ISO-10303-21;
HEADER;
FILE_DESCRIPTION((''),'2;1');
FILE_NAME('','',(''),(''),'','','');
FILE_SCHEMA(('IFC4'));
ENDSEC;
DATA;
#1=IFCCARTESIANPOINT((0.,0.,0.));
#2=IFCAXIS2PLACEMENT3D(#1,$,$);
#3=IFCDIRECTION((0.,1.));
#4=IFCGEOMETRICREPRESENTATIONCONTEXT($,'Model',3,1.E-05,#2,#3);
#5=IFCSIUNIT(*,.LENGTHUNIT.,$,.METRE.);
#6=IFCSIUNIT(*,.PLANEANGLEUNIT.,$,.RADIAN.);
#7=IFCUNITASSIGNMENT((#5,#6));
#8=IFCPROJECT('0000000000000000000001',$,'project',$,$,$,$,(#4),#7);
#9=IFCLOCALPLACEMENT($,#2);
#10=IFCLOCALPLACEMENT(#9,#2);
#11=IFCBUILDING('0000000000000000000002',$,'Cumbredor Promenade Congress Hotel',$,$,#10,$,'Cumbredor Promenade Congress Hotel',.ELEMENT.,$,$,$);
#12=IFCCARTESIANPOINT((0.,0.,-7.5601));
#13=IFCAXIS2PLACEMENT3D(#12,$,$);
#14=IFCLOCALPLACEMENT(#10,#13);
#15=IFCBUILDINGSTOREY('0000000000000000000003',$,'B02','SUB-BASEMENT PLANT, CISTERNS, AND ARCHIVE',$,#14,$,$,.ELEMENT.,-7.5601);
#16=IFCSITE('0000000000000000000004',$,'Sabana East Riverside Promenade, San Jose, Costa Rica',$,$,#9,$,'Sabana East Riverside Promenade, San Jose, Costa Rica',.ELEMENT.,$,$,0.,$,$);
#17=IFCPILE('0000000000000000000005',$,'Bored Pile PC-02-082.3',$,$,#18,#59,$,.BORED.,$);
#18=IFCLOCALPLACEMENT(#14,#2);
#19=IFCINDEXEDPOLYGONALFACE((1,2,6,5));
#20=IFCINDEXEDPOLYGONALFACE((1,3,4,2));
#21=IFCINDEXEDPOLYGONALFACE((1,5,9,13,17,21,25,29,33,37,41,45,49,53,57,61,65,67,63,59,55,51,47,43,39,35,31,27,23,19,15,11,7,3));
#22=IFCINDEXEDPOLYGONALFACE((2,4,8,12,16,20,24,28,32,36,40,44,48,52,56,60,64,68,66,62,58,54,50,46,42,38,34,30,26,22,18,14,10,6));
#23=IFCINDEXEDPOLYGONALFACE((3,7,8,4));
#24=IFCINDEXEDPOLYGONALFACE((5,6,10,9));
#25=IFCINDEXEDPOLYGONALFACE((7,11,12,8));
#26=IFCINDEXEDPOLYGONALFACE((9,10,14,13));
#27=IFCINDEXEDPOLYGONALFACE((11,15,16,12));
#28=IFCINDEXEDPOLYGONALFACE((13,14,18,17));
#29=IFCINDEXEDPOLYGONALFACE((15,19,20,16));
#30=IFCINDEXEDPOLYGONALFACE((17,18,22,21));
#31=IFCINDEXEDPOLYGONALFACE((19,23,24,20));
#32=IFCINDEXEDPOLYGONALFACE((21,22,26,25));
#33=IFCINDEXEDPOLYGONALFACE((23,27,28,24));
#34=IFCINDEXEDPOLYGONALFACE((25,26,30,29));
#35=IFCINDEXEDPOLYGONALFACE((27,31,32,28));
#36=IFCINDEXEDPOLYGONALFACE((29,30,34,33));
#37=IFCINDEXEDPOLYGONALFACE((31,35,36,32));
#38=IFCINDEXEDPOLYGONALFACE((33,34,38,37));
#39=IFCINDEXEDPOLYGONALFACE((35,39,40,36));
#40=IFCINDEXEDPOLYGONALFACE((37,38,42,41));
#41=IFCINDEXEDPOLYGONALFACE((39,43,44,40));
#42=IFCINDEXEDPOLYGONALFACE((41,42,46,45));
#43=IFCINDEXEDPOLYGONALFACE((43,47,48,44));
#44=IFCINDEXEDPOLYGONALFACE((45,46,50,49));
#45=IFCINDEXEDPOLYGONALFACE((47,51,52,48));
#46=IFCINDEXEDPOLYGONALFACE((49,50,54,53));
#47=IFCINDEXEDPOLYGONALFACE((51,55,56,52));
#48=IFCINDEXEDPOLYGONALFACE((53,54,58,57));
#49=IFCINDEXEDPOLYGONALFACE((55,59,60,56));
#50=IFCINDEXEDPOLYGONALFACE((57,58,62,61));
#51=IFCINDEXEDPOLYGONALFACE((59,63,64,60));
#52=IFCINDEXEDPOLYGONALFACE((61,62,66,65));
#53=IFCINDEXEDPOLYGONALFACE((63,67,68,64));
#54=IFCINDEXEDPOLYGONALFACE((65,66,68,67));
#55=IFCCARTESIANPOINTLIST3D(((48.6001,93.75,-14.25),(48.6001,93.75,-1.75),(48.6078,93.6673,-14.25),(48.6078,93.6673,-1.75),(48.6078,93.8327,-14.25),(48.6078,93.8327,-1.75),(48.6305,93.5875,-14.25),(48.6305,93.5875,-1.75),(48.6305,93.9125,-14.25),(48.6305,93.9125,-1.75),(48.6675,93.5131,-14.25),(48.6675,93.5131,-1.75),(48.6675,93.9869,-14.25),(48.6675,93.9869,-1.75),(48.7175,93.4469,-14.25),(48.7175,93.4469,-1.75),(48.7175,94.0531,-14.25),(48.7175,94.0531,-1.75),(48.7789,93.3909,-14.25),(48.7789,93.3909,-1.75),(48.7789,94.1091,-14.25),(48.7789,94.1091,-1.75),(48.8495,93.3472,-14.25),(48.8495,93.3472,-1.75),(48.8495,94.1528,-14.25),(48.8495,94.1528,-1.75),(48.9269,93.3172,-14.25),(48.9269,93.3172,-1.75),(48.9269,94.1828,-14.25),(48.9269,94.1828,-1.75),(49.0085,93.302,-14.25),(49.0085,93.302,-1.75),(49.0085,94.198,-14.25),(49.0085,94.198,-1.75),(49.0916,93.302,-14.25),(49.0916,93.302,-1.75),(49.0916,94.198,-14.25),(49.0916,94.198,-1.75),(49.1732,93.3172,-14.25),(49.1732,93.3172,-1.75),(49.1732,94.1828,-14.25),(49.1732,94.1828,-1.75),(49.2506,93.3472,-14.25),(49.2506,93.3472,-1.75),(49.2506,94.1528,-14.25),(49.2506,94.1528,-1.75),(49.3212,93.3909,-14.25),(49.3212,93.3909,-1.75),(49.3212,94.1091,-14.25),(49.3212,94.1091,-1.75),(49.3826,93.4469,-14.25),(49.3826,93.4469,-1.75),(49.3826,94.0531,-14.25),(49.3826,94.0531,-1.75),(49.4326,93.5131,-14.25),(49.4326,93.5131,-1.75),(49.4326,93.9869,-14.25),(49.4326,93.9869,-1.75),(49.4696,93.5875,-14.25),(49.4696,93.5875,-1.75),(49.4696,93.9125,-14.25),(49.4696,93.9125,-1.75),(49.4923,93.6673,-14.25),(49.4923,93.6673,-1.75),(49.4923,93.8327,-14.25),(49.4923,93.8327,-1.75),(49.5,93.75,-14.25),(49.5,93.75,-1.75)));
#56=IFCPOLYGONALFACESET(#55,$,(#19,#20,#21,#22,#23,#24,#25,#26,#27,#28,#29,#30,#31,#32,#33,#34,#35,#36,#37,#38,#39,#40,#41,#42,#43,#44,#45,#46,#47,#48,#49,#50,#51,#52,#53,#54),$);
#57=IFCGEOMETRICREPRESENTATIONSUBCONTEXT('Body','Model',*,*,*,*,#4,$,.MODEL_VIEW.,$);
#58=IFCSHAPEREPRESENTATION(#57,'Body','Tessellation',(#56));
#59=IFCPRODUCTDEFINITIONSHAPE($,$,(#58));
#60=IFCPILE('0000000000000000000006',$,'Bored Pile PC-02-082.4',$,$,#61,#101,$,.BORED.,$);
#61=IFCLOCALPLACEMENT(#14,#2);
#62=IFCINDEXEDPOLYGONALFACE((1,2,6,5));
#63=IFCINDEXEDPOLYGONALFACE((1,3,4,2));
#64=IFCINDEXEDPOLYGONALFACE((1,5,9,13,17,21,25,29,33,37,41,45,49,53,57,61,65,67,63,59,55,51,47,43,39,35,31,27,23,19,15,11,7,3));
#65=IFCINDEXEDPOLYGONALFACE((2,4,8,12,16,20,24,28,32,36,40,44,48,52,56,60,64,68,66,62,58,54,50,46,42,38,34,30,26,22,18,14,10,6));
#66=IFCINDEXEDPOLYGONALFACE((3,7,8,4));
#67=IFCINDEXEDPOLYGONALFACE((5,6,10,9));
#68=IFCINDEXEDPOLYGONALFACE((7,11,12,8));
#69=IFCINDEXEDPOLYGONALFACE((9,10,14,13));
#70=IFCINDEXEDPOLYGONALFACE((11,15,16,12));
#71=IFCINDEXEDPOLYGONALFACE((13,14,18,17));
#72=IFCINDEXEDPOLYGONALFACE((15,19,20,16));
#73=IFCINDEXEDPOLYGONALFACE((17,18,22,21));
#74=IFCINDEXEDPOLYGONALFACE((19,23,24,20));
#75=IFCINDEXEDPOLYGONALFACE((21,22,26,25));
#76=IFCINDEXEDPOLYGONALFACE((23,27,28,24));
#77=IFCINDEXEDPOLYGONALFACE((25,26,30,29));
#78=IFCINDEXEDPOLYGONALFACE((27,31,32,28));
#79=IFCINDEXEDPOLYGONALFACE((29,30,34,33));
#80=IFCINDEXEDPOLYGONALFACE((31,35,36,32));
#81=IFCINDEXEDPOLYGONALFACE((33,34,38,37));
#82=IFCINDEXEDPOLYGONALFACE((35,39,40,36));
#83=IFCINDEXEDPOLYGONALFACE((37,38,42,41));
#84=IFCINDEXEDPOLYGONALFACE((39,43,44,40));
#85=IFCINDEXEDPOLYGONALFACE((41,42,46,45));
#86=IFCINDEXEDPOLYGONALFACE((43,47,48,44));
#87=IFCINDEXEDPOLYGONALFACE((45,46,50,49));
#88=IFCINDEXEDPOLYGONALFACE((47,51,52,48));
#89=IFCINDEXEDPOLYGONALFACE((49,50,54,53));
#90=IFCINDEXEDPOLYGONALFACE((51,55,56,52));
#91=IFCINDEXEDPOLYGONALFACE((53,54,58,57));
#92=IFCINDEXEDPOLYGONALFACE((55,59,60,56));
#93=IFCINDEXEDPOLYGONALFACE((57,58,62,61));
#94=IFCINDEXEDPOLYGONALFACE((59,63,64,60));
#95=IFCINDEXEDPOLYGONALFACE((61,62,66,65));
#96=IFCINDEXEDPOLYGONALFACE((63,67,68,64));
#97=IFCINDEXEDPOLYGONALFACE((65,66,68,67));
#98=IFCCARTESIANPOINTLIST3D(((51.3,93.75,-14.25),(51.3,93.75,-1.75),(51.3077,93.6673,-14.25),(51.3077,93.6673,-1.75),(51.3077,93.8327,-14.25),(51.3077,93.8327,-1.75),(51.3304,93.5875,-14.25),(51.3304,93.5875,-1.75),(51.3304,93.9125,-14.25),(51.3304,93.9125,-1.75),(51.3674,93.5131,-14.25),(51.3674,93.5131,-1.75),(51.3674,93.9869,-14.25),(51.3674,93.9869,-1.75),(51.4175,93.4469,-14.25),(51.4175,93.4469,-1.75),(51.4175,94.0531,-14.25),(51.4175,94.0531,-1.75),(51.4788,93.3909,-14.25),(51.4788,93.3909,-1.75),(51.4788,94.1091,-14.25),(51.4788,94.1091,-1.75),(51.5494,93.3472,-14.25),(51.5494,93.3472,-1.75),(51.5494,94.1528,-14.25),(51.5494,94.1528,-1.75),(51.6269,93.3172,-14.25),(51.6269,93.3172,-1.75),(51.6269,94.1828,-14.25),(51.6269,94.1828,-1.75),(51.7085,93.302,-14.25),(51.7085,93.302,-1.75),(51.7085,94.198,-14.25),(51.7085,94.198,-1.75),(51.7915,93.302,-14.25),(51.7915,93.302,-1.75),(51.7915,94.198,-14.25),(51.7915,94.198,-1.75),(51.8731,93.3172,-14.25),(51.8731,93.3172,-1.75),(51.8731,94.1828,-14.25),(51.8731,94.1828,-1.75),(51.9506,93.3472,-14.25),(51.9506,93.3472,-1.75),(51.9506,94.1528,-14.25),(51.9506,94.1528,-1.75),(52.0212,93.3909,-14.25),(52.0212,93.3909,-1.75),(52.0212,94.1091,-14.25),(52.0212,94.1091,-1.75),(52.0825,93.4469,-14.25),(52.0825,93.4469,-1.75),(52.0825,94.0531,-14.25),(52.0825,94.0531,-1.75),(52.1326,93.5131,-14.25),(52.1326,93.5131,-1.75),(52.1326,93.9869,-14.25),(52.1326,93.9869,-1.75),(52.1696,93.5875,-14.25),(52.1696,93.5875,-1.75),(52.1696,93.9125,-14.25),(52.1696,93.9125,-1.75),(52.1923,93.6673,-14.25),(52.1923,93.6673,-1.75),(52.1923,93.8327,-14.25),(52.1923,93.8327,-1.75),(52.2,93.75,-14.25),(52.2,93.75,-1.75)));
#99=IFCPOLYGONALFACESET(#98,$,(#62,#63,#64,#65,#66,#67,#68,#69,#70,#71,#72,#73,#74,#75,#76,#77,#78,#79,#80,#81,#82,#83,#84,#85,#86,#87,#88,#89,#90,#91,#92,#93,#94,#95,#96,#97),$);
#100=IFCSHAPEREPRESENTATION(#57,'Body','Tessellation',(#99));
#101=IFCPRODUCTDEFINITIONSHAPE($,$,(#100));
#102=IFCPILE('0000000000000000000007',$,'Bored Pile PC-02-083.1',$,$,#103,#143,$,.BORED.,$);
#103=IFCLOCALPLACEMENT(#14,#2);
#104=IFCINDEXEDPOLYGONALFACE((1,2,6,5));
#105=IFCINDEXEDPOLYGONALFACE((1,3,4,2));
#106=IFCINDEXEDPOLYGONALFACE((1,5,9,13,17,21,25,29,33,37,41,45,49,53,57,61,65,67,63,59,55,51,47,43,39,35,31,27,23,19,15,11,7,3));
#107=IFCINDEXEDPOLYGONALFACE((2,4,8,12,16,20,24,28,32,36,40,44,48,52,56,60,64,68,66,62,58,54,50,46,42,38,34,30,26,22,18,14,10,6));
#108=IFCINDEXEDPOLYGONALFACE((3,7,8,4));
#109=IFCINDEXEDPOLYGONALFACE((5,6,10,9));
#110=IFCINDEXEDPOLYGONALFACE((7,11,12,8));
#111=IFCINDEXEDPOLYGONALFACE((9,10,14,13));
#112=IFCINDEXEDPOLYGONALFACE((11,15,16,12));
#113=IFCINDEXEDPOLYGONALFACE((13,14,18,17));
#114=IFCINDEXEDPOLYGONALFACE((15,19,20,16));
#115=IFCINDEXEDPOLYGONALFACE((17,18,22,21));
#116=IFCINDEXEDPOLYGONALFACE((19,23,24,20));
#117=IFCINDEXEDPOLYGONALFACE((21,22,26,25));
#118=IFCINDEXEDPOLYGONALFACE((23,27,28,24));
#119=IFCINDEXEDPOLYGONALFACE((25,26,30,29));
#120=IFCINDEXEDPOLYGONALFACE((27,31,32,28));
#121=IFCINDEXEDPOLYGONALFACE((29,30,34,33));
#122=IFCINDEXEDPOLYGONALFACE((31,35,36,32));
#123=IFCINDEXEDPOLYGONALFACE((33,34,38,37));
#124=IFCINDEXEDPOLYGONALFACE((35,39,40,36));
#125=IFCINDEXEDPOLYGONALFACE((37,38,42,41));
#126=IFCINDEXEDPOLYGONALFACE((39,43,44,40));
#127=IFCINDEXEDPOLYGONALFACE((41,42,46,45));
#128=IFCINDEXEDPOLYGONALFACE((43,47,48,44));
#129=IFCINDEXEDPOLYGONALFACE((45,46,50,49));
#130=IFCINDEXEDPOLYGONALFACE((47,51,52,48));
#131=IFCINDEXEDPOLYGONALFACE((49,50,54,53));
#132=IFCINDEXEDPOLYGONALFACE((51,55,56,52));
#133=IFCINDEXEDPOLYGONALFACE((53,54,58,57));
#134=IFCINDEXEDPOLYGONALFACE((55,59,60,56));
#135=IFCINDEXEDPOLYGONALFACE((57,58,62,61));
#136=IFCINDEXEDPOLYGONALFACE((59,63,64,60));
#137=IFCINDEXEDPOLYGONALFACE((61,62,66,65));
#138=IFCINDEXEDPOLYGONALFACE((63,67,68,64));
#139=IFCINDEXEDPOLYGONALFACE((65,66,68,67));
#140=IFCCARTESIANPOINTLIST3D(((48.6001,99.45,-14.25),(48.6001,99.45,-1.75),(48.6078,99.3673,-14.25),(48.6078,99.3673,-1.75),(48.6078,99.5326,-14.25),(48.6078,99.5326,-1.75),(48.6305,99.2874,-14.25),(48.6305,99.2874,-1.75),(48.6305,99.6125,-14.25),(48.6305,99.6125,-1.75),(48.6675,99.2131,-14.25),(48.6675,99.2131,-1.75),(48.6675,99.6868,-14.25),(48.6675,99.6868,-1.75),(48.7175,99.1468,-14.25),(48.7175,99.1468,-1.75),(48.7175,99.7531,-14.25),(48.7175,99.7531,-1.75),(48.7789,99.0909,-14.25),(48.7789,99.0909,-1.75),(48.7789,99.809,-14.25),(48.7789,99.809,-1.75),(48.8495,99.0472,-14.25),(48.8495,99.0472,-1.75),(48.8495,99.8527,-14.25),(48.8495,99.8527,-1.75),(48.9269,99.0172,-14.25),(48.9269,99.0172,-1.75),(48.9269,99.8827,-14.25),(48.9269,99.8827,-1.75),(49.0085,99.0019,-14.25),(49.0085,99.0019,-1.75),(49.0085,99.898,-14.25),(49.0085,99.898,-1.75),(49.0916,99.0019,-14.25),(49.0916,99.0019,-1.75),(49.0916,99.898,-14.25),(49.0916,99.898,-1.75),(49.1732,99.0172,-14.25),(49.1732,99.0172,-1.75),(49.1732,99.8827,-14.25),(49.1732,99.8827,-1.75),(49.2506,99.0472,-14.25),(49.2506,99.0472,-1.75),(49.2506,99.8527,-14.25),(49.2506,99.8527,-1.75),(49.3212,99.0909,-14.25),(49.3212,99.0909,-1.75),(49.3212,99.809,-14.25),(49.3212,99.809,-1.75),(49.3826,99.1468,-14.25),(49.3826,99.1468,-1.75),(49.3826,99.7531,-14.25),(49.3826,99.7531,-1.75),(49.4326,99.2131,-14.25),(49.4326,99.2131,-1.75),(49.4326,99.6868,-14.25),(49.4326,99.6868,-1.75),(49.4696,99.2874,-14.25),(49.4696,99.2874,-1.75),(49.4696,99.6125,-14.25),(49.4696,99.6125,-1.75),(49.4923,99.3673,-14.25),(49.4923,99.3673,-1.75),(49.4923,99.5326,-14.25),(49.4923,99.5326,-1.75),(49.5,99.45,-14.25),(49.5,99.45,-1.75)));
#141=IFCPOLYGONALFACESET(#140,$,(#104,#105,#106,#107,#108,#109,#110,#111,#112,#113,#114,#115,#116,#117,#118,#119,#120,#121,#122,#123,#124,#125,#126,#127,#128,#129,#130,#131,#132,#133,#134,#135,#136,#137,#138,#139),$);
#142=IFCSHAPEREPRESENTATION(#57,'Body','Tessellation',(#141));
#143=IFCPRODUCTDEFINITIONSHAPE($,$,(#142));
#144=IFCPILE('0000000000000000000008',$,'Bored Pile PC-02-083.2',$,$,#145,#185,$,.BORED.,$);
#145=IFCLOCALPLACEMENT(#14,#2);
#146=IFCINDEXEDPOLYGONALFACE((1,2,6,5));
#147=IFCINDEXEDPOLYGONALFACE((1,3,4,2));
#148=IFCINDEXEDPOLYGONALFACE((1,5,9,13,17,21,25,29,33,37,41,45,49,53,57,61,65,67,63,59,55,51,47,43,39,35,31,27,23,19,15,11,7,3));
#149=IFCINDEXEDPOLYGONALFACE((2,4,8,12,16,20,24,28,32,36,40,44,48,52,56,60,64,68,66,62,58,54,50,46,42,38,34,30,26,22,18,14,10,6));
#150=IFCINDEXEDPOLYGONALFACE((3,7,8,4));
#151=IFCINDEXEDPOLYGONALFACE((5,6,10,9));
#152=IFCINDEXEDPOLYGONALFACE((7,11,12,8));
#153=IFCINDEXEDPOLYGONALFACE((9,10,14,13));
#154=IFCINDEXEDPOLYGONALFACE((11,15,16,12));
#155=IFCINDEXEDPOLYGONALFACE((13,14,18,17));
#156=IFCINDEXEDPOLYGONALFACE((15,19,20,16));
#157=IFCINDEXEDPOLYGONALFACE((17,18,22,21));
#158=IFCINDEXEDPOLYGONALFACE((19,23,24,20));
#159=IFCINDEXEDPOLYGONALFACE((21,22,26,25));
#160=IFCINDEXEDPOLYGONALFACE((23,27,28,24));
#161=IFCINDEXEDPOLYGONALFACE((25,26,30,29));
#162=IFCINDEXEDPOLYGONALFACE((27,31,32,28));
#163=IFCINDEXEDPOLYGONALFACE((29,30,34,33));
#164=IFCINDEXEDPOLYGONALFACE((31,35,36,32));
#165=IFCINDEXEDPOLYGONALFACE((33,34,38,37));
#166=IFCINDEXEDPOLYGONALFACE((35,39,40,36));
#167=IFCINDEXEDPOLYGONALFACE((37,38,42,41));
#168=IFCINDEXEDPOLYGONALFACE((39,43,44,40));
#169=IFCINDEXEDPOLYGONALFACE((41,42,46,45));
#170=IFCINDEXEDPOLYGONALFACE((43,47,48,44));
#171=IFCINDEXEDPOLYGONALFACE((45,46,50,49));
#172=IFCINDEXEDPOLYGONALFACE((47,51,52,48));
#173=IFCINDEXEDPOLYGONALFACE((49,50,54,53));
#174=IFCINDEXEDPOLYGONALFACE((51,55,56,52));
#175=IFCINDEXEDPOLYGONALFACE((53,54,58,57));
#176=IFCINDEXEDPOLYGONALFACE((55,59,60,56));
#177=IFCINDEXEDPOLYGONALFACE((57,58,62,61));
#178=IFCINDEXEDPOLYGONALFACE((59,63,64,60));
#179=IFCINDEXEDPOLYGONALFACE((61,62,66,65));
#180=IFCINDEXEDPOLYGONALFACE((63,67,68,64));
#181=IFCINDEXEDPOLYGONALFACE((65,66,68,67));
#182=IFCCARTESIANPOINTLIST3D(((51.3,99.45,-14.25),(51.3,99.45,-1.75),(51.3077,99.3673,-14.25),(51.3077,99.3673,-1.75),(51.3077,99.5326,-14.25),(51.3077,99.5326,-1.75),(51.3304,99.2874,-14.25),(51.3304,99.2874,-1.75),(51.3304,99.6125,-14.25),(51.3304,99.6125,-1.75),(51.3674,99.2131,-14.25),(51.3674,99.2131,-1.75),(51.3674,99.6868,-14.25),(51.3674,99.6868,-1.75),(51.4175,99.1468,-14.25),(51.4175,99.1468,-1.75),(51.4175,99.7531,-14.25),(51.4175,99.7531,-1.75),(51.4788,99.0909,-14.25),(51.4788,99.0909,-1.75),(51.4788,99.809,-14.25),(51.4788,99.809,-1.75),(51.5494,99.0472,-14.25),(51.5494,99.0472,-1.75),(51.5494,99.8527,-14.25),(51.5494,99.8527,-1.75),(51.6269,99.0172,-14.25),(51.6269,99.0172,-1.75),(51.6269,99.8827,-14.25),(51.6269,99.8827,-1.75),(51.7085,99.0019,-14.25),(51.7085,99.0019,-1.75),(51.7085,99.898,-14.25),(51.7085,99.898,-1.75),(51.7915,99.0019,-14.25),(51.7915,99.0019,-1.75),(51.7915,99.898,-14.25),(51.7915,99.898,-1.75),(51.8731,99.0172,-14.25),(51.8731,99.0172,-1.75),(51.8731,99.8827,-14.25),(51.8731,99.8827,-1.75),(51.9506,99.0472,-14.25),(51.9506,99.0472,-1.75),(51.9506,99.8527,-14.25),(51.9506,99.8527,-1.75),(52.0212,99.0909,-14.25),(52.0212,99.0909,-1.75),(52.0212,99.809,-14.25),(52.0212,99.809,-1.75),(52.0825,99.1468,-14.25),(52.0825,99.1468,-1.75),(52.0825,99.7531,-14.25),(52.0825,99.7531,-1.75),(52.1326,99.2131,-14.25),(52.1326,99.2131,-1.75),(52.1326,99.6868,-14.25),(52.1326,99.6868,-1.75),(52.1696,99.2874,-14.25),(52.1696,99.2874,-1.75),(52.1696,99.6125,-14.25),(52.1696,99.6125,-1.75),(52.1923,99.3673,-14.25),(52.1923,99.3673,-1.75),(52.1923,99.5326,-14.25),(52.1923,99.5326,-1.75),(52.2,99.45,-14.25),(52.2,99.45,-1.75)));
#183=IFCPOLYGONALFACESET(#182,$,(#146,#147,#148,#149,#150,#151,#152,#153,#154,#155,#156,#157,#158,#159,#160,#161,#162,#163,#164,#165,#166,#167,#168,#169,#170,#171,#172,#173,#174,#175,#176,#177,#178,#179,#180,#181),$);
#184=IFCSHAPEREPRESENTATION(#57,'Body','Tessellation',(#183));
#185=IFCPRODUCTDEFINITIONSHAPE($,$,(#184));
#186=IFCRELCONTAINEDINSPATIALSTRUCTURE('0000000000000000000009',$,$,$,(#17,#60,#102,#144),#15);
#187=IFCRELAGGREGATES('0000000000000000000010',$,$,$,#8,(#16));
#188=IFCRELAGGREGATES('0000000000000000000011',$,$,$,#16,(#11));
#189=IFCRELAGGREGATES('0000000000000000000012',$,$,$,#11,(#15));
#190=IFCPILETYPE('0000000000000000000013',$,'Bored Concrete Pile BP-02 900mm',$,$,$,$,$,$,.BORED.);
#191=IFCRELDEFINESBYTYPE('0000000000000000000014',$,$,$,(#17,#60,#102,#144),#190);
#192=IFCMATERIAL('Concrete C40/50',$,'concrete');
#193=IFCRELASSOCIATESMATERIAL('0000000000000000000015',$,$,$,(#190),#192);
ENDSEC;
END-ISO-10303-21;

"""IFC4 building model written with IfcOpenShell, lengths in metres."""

from ifc_helpers import new_model, si_unit, direction, frame, origin, origin_2d, place, context, subcontext, project, spatial, circle, extrude, material, material_profile, profile_set, type_object, element, save


model = new_model("IFC4")

# Units and contexts
model_context = context("Model", 3, precision=1e-05, world=origin(), true_north=direction((0.0, 1.0)))
body_context = subcontext(model_context, "Body", "Model", "MODEL_VIEW")
ifc_project = project(units=[si_unit("LENGTHUNIT", "METRE"), si_unit("PLANEANGLEUNIT", "RADIAN")], contexts=[model_context])

# Site, building, storey
site_placement = place(None, origin())
site = spatial("IfcSite", under=ifc_project, at=site_placement, Name="Sabana East Riverside Promenade, San Jose, Costa Rica", LongName="Sabana East Riverside Promenade, San Jose, Costa Rica", CompositionType="ELEMENT", RefElevation=0.0)
building_placement = place(site_placement, origin())
building = spatial("IfcBuilding", under=site, at=building_placement, Name="Cumbredor Promenade Congress Hotel", LongName="Cumbredor Promenade Congress Hotel", CompositionType="ELEMENT")
storey_placement = place(building_placement, frame((0.0, 0.0, -7.5601)))
storey = spatial("IfcBuildingStorey", under=building, at=storey_placement, Name="B02", Description="SUB-BASEMENT PLANT, CISTERNS, AND ARCHIVE", CompositionType="ELEMENT", Elevation=-7.5601)

# Piles
ifc_material_1 = material(Name="Concrete C40/50", Category="concrete")
ifc_material_profile_1 = material_profile(ifc_material_1, circle(Radius=0.45, at=origin_2d()), Name="PILE D900")
ifc_profile_set_1 = profile_set([ifc_material_profile_1], Name="Concrete C40/50")
pile_type_1 = type_object("IfcPileType", Name="Bored Concrete Pile BP-02 900mm", PredefinedType="BORED", material=ifc_profile_set_1)
for number, where, z_axis, x_axis, name in (
    (1, (49.05, 93.75, -1.75), (0.0, 0.0, -1.0), (1.0, 0.0, 0.0), "Bored Pile PC-02-082.3"),
    (2, (51.75, 93.75, -1.75), (0.0, 0.0, -1.0), (1.0, 0.0, 0.0), "Bored Pile PC-02-082.4"),
    (3, (49.05, 99.45, -1.75), (0.0, 0.0, -1.0), (1.0, 0.0, 0.0), "Bored Pile PC-02-083.1"),
    (4, (51.75, 99.45, -1.75), (0.0, 0.0, -1.0), (1.0, 0.0, 0.0), "Bored Pile PC-02-083.2"),
):
    element("IfcPile", number, at=place(storey_placement, frame(where, z_axis=z_axis, x_axis=x_axis)), inside=storey, type_object=pile_type_1, Name=name, PredefinedType="BORED", context=body_context, shape_type="SweptSolid", body=[
        extrude(circle(Radius=0.45, at=origin_2d()), origin(), (0.0, 0.0, 1.0), 12.5),
    ])

save(model, "model.ifc")
